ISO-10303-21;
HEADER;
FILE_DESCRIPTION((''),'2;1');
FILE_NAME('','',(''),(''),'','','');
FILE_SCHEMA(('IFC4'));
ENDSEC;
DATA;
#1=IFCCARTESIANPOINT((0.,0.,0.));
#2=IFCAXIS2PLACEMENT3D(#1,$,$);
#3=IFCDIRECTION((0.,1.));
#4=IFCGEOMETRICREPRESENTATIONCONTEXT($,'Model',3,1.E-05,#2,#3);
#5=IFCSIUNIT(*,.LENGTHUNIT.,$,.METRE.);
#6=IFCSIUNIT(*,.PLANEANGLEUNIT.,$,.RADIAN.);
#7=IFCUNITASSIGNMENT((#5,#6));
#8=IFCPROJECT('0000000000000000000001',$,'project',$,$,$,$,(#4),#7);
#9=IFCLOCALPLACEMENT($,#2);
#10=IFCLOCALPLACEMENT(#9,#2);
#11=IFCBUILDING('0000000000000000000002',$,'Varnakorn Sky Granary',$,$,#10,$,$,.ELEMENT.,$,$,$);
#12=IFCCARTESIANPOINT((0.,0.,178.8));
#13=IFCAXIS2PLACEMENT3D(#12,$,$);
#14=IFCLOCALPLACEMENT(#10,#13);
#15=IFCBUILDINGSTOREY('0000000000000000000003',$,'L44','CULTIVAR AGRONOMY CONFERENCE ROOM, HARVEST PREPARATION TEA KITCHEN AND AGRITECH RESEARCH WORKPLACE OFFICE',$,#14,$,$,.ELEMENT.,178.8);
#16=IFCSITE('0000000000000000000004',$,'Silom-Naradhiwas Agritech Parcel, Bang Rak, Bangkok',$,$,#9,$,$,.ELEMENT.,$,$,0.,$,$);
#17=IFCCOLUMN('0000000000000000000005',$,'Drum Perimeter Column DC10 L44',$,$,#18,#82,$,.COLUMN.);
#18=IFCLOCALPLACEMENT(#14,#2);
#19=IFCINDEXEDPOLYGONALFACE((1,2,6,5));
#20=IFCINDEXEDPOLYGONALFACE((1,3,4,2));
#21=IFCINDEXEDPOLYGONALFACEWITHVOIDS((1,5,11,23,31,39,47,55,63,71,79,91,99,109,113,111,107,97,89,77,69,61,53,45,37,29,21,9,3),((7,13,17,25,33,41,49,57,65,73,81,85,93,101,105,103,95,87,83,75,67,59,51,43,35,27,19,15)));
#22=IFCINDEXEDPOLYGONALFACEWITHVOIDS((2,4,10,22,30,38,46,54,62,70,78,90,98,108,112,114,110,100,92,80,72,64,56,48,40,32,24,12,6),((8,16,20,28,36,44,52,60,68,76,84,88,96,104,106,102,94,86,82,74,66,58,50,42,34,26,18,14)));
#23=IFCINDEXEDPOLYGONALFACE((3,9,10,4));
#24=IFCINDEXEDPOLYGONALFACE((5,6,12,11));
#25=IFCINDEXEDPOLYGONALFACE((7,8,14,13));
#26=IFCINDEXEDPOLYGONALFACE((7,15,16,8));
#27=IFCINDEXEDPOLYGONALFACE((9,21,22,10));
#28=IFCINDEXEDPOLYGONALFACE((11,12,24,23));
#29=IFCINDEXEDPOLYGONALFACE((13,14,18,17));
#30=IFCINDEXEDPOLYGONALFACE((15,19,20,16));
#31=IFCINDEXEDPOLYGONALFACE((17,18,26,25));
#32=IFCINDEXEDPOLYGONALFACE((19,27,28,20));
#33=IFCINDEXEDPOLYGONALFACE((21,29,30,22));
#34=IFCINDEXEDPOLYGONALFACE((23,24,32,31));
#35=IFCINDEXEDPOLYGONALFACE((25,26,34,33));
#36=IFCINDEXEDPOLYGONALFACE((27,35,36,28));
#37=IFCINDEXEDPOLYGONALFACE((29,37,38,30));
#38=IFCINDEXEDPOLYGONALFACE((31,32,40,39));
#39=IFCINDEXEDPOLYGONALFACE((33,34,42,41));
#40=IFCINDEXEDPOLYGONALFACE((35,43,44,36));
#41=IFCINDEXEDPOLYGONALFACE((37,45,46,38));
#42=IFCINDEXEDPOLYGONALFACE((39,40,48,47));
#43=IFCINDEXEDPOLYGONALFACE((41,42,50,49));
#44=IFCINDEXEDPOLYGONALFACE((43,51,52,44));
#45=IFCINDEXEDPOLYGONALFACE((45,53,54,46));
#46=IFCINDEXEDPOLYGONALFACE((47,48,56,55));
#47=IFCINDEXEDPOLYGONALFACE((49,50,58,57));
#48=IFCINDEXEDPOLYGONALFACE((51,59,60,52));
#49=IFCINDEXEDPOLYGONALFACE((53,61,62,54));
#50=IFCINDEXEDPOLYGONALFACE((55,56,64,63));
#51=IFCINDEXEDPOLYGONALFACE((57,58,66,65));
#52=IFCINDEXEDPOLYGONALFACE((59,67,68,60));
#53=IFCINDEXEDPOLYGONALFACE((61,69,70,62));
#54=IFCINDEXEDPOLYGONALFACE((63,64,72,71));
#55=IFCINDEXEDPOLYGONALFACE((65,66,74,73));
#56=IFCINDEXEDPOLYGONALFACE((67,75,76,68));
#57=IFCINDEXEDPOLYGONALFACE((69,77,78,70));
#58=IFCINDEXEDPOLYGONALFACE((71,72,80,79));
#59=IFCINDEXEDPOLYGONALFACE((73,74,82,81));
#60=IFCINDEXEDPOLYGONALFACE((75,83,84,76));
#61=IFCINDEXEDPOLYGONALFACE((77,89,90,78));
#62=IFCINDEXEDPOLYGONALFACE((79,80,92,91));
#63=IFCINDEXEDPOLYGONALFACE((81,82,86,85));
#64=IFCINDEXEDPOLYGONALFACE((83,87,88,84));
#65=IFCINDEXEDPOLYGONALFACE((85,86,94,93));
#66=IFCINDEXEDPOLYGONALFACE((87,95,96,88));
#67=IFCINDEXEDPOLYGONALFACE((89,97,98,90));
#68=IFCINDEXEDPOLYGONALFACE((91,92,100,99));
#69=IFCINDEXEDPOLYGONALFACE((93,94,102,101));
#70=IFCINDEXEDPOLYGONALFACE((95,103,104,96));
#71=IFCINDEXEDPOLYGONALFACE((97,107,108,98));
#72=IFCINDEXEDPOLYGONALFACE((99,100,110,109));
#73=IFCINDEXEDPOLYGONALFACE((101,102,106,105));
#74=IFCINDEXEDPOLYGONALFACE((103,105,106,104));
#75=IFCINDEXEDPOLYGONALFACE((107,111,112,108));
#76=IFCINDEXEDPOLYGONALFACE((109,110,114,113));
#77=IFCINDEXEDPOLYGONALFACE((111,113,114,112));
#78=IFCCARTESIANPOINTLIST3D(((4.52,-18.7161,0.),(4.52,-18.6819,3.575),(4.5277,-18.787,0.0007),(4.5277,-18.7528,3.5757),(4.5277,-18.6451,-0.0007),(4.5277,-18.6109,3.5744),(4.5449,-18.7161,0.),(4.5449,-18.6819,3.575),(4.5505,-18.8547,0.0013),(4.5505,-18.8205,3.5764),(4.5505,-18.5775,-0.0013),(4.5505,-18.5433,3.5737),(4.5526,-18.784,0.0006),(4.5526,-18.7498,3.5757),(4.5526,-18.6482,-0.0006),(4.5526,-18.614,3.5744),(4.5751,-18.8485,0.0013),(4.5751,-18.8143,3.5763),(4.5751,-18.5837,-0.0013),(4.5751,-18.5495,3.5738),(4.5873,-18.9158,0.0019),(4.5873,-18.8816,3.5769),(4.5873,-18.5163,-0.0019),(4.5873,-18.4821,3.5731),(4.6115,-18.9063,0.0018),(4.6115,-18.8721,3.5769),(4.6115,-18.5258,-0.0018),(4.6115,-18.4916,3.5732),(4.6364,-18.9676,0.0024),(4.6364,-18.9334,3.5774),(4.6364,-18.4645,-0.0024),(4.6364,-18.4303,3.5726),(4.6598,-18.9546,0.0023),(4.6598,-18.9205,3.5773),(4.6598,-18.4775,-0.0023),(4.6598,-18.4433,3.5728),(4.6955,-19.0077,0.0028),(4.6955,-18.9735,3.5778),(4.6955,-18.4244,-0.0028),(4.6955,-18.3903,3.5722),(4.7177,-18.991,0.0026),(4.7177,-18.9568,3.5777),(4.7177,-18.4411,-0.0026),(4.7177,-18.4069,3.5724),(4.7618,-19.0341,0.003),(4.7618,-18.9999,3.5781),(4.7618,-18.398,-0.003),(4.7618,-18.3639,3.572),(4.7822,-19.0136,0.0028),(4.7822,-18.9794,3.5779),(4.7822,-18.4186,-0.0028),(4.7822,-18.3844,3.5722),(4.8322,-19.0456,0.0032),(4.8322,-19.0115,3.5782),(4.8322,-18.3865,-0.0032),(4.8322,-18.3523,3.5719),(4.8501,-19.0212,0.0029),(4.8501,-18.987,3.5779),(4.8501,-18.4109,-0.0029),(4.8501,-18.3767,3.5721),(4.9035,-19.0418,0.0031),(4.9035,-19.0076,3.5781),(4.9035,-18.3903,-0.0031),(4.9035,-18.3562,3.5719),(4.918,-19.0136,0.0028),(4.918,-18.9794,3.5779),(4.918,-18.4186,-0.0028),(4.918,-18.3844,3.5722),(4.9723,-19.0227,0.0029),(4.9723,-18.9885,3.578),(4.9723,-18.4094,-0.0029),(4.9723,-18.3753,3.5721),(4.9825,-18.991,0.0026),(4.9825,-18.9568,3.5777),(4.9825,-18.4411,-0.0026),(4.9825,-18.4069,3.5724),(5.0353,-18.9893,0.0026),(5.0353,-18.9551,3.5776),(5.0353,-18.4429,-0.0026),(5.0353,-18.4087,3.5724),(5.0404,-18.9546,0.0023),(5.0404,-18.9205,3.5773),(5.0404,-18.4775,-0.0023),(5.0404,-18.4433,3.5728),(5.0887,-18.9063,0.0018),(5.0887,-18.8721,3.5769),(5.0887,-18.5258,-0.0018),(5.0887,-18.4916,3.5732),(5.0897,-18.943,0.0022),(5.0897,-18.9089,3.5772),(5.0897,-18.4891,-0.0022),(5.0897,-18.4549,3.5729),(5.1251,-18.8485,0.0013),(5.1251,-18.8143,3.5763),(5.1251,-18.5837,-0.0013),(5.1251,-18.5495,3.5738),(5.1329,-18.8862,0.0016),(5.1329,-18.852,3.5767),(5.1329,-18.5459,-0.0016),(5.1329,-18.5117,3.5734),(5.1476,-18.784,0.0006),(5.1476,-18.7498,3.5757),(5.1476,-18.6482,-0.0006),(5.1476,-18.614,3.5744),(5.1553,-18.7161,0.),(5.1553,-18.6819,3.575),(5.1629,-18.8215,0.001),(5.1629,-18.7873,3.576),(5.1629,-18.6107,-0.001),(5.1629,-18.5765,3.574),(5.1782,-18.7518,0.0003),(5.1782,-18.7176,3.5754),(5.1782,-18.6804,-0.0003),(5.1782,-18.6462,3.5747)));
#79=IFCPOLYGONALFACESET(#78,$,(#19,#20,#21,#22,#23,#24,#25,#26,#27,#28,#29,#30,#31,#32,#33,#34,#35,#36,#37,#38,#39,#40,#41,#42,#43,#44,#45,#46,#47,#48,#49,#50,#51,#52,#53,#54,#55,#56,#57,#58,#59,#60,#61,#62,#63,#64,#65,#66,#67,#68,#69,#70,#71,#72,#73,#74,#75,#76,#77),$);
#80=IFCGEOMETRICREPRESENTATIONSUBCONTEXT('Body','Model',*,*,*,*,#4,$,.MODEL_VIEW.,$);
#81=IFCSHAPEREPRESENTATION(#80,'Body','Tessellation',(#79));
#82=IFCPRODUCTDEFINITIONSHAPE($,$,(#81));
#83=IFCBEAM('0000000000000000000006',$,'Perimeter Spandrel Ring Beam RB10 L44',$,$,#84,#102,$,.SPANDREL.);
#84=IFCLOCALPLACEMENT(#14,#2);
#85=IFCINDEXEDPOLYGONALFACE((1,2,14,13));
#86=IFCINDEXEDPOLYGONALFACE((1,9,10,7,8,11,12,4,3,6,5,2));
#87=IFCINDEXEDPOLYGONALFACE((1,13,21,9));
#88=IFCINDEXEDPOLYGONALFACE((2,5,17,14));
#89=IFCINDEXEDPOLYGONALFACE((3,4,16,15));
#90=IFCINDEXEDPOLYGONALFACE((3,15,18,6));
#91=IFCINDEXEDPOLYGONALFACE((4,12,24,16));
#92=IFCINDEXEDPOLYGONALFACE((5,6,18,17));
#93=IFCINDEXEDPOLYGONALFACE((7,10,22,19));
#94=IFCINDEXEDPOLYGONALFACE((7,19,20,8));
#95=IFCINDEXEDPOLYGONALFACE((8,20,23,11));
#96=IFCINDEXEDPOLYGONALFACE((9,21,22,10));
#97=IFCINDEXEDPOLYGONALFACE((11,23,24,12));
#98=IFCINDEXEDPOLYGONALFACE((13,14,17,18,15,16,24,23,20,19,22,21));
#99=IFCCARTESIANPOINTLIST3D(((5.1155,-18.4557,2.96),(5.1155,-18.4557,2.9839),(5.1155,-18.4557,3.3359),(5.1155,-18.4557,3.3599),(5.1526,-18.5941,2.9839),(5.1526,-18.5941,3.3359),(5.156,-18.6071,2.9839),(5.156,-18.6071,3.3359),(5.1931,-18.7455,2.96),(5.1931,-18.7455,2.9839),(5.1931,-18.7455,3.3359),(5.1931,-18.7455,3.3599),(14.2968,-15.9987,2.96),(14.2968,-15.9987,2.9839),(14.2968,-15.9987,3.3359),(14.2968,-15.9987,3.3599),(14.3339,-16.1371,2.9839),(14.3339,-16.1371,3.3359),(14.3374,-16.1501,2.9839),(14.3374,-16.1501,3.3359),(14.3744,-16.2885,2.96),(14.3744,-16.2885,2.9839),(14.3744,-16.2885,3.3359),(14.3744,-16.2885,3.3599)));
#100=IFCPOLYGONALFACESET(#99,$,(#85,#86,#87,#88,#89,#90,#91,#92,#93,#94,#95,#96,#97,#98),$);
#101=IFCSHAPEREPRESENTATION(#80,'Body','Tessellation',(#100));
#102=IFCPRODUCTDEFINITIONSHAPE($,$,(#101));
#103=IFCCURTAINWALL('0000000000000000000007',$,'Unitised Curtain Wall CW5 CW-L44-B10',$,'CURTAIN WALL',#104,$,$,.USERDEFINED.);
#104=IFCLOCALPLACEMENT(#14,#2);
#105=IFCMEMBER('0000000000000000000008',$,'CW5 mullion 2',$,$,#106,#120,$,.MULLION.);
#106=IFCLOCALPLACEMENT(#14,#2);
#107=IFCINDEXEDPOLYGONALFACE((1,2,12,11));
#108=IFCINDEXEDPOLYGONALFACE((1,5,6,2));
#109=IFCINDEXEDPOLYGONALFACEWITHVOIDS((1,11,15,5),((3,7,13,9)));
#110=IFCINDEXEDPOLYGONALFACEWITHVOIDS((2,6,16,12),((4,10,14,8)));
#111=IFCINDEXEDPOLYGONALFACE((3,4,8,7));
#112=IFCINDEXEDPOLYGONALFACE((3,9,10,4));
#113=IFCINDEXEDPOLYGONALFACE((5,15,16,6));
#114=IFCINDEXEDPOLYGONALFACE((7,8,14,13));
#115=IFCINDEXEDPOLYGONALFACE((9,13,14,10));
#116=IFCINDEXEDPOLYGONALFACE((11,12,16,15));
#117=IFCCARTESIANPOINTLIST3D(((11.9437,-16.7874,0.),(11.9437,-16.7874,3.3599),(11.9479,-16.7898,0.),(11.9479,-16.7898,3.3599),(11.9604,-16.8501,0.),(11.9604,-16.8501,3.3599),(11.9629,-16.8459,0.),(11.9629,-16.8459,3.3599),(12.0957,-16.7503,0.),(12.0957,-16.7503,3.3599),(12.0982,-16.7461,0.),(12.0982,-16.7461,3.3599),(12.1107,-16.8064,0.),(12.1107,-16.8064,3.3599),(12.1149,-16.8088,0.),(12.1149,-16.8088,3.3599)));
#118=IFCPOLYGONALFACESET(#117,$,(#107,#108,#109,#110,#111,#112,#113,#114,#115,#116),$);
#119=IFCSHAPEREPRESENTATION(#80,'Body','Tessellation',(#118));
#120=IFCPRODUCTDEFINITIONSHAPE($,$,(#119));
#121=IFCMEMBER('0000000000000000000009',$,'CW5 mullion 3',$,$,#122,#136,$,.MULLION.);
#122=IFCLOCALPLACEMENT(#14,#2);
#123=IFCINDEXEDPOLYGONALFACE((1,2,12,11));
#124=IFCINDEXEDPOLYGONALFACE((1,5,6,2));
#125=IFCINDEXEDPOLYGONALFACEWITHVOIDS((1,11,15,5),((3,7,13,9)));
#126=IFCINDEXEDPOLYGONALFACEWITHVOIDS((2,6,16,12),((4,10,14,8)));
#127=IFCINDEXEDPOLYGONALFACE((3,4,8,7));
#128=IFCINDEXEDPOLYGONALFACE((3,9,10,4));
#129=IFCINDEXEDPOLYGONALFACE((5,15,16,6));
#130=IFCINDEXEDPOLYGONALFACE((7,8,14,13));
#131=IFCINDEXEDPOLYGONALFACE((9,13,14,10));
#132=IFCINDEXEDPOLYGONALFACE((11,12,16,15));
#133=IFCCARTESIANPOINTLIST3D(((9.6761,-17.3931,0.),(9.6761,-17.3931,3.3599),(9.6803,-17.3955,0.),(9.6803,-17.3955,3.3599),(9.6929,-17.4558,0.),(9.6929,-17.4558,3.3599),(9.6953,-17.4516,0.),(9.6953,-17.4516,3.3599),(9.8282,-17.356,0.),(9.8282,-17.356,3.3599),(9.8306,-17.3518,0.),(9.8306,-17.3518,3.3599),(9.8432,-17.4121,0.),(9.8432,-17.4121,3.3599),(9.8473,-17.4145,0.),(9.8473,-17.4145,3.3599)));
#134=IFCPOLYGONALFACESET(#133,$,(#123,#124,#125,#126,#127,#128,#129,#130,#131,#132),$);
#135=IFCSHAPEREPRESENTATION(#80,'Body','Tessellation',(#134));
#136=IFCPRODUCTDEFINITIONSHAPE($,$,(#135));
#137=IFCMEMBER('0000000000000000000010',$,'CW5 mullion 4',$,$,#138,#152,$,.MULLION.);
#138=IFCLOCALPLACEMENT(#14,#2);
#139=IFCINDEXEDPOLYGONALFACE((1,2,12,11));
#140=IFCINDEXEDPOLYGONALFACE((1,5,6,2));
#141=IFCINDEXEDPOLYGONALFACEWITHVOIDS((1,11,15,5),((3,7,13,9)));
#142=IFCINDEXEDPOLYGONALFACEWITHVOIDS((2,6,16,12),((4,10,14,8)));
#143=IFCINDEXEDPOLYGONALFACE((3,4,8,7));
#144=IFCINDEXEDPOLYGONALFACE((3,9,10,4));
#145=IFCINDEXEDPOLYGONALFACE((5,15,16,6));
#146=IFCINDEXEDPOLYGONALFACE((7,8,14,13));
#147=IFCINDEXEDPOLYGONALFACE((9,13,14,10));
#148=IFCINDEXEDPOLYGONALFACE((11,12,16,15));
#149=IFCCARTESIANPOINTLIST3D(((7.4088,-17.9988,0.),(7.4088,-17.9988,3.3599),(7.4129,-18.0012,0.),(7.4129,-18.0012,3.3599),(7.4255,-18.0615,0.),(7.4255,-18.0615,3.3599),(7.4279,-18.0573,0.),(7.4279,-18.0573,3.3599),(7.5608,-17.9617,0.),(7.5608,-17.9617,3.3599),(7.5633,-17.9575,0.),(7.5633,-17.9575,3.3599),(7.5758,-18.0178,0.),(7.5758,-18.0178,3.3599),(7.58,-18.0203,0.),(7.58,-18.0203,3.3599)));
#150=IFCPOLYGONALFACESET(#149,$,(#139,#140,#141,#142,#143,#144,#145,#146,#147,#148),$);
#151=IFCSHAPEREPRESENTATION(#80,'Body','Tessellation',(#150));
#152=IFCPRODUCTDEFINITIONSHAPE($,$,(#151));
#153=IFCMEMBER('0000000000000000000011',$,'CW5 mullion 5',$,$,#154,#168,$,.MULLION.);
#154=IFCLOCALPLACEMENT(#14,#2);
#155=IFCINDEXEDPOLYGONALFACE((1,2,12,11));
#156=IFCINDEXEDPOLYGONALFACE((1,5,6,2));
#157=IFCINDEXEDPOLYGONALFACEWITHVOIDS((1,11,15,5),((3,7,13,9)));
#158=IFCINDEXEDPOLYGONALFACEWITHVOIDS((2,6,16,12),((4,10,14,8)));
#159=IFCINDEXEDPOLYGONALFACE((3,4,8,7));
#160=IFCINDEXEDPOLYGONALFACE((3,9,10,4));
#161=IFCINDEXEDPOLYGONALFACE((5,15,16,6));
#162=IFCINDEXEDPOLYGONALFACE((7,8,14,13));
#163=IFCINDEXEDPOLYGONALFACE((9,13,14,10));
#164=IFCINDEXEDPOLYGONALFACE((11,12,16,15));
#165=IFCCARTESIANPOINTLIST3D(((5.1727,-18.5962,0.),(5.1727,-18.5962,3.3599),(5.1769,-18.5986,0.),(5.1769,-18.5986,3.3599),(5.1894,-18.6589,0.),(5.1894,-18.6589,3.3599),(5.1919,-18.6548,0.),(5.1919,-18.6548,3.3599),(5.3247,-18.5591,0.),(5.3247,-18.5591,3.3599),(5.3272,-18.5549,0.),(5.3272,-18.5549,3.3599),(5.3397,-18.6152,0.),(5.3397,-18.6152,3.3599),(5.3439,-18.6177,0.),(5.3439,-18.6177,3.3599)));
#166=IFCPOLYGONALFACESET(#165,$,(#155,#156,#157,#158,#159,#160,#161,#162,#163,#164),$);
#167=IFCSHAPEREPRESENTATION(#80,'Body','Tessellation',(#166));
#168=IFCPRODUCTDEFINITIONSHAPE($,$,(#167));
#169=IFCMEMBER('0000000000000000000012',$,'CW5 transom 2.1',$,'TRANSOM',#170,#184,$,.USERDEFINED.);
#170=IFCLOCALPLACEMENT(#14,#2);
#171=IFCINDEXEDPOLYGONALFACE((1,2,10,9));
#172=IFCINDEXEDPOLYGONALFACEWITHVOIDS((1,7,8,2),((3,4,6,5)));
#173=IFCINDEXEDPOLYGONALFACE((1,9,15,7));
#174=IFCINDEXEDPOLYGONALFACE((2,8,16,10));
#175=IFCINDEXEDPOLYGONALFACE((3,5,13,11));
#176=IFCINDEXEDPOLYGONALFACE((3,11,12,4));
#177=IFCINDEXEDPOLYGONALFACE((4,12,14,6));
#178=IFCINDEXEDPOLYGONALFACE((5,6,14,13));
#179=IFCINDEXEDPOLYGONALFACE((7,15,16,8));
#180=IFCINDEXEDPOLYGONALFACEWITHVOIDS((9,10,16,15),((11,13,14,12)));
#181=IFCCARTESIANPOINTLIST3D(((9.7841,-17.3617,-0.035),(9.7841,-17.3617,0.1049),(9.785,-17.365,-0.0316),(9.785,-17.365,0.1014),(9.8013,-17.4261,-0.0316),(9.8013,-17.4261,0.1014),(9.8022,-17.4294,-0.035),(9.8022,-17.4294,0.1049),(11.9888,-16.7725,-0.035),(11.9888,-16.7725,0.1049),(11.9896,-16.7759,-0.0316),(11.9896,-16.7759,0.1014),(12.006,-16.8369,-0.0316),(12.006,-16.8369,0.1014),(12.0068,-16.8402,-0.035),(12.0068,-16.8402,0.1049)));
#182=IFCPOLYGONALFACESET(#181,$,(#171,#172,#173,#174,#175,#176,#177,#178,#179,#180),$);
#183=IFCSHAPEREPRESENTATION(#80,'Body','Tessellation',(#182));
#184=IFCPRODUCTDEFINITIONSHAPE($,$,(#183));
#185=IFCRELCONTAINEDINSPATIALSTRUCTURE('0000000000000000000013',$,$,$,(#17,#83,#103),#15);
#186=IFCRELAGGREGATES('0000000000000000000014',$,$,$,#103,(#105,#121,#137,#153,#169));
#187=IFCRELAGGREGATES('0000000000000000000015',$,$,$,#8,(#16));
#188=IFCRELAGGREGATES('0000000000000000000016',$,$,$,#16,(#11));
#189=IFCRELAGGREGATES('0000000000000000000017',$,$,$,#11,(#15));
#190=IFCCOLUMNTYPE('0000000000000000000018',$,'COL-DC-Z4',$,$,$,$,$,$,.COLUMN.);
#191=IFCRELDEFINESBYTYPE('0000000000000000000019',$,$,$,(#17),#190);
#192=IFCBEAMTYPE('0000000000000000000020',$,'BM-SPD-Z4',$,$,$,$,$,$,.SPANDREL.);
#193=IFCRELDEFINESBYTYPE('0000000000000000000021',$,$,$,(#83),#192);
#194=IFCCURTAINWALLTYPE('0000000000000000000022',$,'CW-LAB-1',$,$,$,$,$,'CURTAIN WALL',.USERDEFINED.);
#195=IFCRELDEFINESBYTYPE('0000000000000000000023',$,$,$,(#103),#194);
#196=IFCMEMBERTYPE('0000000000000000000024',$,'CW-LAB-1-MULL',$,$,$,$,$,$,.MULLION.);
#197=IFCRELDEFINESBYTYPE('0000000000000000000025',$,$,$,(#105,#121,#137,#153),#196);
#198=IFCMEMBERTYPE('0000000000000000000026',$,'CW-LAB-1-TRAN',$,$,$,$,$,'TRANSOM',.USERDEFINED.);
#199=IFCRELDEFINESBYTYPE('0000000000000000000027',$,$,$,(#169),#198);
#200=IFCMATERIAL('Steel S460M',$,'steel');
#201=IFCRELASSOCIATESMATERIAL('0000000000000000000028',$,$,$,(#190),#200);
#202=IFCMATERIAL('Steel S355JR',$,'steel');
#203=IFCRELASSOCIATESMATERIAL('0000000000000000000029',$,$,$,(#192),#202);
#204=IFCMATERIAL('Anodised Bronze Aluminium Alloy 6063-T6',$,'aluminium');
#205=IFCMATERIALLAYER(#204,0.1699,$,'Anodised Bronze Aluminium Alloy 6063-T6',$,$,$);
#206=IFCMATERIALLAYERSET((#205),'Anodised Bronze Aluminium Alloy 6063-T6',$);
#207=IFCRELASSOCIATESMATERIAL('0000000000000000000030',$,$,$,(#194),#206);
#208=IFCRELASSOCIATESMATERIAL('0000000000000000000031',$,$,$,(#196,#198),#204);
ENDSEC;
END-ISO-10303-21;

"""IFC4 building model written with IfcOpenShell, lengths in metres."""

from ifc_helpers import new_model, si_unit, direction, frame, origin, origin_2d, place, context, subcontext, project, spatial, hollow_rectangle, hollow_circle, i_section, extrude, material, layer, layer_set, material_profile, profile_set, type_object, element, aggregate, save


model = new_model("IFC4")

# Units and contexts
model_context = context("Model", 3, precision=1e-05, world=origin(), true_north=direction((0.0, 1.0)))
body_context = subcontext(model_context, "Body", "Model", "MODEL_VIEW")
ifc_project = project(units=[si_unit("LENGTHUNIT", "METRE"), si_unit("PLANEANGLEUNIT", "RADIAN")], contexts=[model_context])

# Site, building, storey
site_placement = place(None, origin())
site = spatial("IfcSite", under=ifc_project, at=site_placement, Name="Silom-Naradhiwas Agritech Parcel, Bang Rak, Bangkok", CompositionType="ELEMENT", RefElevation=0.0)
building_placement = place(site_placement, origin())
building = spatial("IfcBuilding", under=site, at=building_placement, Name="Varnakorn Sky Granary", CompositionType="ELEMENT")
storey_placement = place(building_placement, frame((0.0, 0.0, 178.8)))
storey = spatial("IfcBuildingStorey", under=building, at=storey_placement, Name="L44", Description="CULTIVAR AGRONOMY CONFERENCE ROOM, HARVEST PREPARATION TEA KITCHEN AND AGRITECH RESEARCH WORKPLACE OFFICE", CompositionType="ELEMENT", Elevation=178.8)

# Column
ifc_material_1 = material(Name="Steel S460M", Category="steel")
ifc_material_profile_1 = material_profile(ifc_material_1, hollow_circle(Radius=0.3301, WallThickness=0.0249, at=origin_2d()), Name="CHS 660x25")
ifc_profile_set_1 = profile_set([ifc_material_profile_1], Name="Steel S460M")
column_type = type_object("IfcColumnType", Name="COL-DC-Z4", PredefinedType="COLUMN", material=ifc_profile_set_1)
column_placement = place(storey_placement, frame((4.8501, -18.7161, 0.0), z_axis=(0.0, 0.00956, 0.999954), x_axis=(-1.0, 0.0, 0.0)))
element("IfcColumn", 1, at=column_placement, inside=storey, type_object=column_type, Name="Drum Perimeter Column DC10 L44", PredefinedType="COLUMN", context=body_context, shape_type="SweptSolid", body=[
    extrude(hollow_circle(Radius=0.3301, WallThickness=0.0249, at=origin_2d()), origin(), (0.0, 0.0, 1.0), 3.5752),
])

# Beam
ifc_material_2 = material(Name="Steel S355JR", Category="steel")
ifc_material_profile_2 = material_profile(ifc_material_2, i_section(OverallWidth=0.3, OverallDepth=0.3999, WebThickness=0.0134, FlangeThickness=0.0239, at=origin_2d()), Name="HE 400 B")
ifc_profile_set_2 = profile_set([ifc_material_profile_2], Name="Steel S355JR")
beam_type = type_object("IfcBeamType", Name="BM-SPD-Z4", PredefinedType="SPANDREL", material=ifc_profile_set_2)
beam_placement = place(storey_placement, frame((5.1543, -18.6006, 3.1599), z_axis=(0.966008, 0.258513, 0.0), x_axis=(-0.258513, 0.966008, 0.0)))
element("IfcBeam", 2, at=beam_placement, inside=storey, type_object=beam_type, Name="Perimeter Spandrel Ring Beam RB10 L44", PredefinedType="SPANDREL", context=body_context, shape_type="SweptSolid", body=[
    extrude(i_section(OverallWidth=0.3, OverallDepth=0.3999, WebThickness=0.0134, FlangeThickness=0.0239, at=origin_2d()), origin(), (0.0, 0.0, 1.0), 9.5044),
])

# Curtain wall, members
ifc_material_3 = material(Name="Anodised Bronze Aluminium Alloy 6063-T6", Category="aluminium")
ifc_layer_1 = layer(ifc_material_3, 0.1699, Name="Anodised Bronze Aluminium Alloy 6063-T6")
ifc_layer_set_1 = layer_set([ifc_layer_1], Name="Anodised Bronze Aluminium Alloy 6063-T6")
curtain_wall_type = type_object("IfcCurtainWallType", Name="CW-LAB-1", ElementType="CURTAIN WALL", PredefinedType="USERDEFINED", material=ifc_layer_set_1)
curtain_wall_placement = place(storey_placement, origin())
curtain_wall = element("IfcCurtainWall", 3, at=curtain_wall_placement, inside=storey, type_object=curtain_wall_type, Name="Unitised Curtain Wall CW5 CW-L44-B10", ObjectType="CURTAIN WALL", PredefinedType="USERDEFINED")
ifc_material_profile_3 = material_profile(ifc_material_3, hollow_rectangle(XDim=0.0649, YDim=0.1599, WallThickness=0.0034, at=origin_2d()), Name="ALU MULL 65x160")
ifc_profile_set_3 = profile_set([ifc_material_profile_3], Name="Anodised Bronze Aluminium Alloy 6063-T6")
member_type_1 = type_object("IfcMemberType", Name="CW-LAB-1-MULL", PredefinedType="MULLION", material=ifc_profile_set_3)
member_1_placement = place(storey_placement, frame((12.0293, -16.7981, 0.0), z_axis=(0.0, 0.0, 1.0), x_axis=(0.258096, -0.966119, 0.0)))
member_1 = element("IfcMember", 4, at=member_1_placement, type_object=member_type_1, Name="CW5 mullion 2", PredefinedType="MULLION", context=body_context, shape_type="SweptSolid", body=[
    extrude(hollow_rectangle(XDim=0.0649, YDim=0.1599, WallThickness=0.0034, at=origin_2d()), origin(), (0.0, 0.0, 1.0), 3.3599),
])
member_2_placement = place(storey_placement, frame((9.7617, -17.4038, 0.0), z_axis=(0.0, 0.0, 1.0), x_axis=(0.258096, -0.966119, 0.0)))
member_2 = element("IfcMember", 5, at=member_2_placement, type_object=member_type_1, Name="CW5 mullion 3", PredefinedType="MULLION", context=body_context, shape_type="SweptSolid", body=[
    extrude(hollow_rectangle(XDim=0.0649, YDim=0.1599, WallThickness=0.0034, at=origin_2d()), origin(), (0.0, 0.0, 1.0), 3.3599),
])
member_3_placement = place(storey_placement, frame((7.4944, -18.0095, 0.0), z_axis=(0.0, 0.0, 1.0), x_axis=(0.258096, -0.966119, 0.0)))
member_3 = element("IfcMember", 6, at=member_3_placement, type_object=member_type_1, Name="CW5 mullion 4", PredefinedType="MULLION", context=body_context, shape_type="SweptSolid", body=[
    extrude(hollow_rectangle(XDim=0.0649, YDim=0.1599, WallThickness=0.0034, at=origin_2d()), origin(), (0.0, 0.0, 1.0), 3.3599),
])
member_4_placement = place(storey_placement, frame((5.2583, -18.6069, 0.0), z_axis=(0.0, 0.0, 1.0), x_axis=(0.258096, -0.966119, 0.0)))
member_4 = element("IfcMember", 7, at=member_4_placement, type_object=member_type_1, Name="CW5 mullion 5", PredefinedType="MULLION", context=body_context, shape_type="SweptSolid", body=[
    extrude(hollow_rectangle(XDim=0.0649, YDim=0.1599, WallThickness=0.0034, at=origin_2d()), origin(), (0.0, 0.0, 1.0), 3.3599),
])
ifc_material_profile_4 = material_profile(ifc_material_3, hollow_rectangle(XDim=0.0701, YDim=0.1399, WallThickness=0.0034, at=origin_2d()), Name="ALU TRAN 70x140")
ifc_profile_set_4 = profile_set([ifc_material_profile_4], Name="Anodised Bronze Aluminium Alloy 6063-T6")
member_type_2 = type_object("IfcMemberType", Name="CW-LAB-1-TRAN", ElementType="TRANSOM", PredefinedType="USERDEFINED", material=ifc_profile_set_4)
member_5_placement = place(storey_placement, frame((11.9978, -16.8064, 0.0349), z_axis=(-0.966102, -0.258162, 0.0), x_axis=(0.258162, -0.966102, 0.0)))
member_5 = element("IfcMember", 8, at=member_5_placement, type_object=member_type_2, Name="CW5 transom 2.1", ObjectType="TRANSOM", PredefinedType="USERDEFINED", context=body_context, shape_type="SweptSolid", body=[
    extrude(hollow_rectangle(XDim=0.0701, YDim=0.1399, WallThickness=0.0034, at=origin_2d()), origin(), (0.0, 0.0, 1.0), 2.282),
])

aggregate(curtain_wall, [member_1, member_2, member_3, member_4, member_5])

save(model, "model.ifc")
